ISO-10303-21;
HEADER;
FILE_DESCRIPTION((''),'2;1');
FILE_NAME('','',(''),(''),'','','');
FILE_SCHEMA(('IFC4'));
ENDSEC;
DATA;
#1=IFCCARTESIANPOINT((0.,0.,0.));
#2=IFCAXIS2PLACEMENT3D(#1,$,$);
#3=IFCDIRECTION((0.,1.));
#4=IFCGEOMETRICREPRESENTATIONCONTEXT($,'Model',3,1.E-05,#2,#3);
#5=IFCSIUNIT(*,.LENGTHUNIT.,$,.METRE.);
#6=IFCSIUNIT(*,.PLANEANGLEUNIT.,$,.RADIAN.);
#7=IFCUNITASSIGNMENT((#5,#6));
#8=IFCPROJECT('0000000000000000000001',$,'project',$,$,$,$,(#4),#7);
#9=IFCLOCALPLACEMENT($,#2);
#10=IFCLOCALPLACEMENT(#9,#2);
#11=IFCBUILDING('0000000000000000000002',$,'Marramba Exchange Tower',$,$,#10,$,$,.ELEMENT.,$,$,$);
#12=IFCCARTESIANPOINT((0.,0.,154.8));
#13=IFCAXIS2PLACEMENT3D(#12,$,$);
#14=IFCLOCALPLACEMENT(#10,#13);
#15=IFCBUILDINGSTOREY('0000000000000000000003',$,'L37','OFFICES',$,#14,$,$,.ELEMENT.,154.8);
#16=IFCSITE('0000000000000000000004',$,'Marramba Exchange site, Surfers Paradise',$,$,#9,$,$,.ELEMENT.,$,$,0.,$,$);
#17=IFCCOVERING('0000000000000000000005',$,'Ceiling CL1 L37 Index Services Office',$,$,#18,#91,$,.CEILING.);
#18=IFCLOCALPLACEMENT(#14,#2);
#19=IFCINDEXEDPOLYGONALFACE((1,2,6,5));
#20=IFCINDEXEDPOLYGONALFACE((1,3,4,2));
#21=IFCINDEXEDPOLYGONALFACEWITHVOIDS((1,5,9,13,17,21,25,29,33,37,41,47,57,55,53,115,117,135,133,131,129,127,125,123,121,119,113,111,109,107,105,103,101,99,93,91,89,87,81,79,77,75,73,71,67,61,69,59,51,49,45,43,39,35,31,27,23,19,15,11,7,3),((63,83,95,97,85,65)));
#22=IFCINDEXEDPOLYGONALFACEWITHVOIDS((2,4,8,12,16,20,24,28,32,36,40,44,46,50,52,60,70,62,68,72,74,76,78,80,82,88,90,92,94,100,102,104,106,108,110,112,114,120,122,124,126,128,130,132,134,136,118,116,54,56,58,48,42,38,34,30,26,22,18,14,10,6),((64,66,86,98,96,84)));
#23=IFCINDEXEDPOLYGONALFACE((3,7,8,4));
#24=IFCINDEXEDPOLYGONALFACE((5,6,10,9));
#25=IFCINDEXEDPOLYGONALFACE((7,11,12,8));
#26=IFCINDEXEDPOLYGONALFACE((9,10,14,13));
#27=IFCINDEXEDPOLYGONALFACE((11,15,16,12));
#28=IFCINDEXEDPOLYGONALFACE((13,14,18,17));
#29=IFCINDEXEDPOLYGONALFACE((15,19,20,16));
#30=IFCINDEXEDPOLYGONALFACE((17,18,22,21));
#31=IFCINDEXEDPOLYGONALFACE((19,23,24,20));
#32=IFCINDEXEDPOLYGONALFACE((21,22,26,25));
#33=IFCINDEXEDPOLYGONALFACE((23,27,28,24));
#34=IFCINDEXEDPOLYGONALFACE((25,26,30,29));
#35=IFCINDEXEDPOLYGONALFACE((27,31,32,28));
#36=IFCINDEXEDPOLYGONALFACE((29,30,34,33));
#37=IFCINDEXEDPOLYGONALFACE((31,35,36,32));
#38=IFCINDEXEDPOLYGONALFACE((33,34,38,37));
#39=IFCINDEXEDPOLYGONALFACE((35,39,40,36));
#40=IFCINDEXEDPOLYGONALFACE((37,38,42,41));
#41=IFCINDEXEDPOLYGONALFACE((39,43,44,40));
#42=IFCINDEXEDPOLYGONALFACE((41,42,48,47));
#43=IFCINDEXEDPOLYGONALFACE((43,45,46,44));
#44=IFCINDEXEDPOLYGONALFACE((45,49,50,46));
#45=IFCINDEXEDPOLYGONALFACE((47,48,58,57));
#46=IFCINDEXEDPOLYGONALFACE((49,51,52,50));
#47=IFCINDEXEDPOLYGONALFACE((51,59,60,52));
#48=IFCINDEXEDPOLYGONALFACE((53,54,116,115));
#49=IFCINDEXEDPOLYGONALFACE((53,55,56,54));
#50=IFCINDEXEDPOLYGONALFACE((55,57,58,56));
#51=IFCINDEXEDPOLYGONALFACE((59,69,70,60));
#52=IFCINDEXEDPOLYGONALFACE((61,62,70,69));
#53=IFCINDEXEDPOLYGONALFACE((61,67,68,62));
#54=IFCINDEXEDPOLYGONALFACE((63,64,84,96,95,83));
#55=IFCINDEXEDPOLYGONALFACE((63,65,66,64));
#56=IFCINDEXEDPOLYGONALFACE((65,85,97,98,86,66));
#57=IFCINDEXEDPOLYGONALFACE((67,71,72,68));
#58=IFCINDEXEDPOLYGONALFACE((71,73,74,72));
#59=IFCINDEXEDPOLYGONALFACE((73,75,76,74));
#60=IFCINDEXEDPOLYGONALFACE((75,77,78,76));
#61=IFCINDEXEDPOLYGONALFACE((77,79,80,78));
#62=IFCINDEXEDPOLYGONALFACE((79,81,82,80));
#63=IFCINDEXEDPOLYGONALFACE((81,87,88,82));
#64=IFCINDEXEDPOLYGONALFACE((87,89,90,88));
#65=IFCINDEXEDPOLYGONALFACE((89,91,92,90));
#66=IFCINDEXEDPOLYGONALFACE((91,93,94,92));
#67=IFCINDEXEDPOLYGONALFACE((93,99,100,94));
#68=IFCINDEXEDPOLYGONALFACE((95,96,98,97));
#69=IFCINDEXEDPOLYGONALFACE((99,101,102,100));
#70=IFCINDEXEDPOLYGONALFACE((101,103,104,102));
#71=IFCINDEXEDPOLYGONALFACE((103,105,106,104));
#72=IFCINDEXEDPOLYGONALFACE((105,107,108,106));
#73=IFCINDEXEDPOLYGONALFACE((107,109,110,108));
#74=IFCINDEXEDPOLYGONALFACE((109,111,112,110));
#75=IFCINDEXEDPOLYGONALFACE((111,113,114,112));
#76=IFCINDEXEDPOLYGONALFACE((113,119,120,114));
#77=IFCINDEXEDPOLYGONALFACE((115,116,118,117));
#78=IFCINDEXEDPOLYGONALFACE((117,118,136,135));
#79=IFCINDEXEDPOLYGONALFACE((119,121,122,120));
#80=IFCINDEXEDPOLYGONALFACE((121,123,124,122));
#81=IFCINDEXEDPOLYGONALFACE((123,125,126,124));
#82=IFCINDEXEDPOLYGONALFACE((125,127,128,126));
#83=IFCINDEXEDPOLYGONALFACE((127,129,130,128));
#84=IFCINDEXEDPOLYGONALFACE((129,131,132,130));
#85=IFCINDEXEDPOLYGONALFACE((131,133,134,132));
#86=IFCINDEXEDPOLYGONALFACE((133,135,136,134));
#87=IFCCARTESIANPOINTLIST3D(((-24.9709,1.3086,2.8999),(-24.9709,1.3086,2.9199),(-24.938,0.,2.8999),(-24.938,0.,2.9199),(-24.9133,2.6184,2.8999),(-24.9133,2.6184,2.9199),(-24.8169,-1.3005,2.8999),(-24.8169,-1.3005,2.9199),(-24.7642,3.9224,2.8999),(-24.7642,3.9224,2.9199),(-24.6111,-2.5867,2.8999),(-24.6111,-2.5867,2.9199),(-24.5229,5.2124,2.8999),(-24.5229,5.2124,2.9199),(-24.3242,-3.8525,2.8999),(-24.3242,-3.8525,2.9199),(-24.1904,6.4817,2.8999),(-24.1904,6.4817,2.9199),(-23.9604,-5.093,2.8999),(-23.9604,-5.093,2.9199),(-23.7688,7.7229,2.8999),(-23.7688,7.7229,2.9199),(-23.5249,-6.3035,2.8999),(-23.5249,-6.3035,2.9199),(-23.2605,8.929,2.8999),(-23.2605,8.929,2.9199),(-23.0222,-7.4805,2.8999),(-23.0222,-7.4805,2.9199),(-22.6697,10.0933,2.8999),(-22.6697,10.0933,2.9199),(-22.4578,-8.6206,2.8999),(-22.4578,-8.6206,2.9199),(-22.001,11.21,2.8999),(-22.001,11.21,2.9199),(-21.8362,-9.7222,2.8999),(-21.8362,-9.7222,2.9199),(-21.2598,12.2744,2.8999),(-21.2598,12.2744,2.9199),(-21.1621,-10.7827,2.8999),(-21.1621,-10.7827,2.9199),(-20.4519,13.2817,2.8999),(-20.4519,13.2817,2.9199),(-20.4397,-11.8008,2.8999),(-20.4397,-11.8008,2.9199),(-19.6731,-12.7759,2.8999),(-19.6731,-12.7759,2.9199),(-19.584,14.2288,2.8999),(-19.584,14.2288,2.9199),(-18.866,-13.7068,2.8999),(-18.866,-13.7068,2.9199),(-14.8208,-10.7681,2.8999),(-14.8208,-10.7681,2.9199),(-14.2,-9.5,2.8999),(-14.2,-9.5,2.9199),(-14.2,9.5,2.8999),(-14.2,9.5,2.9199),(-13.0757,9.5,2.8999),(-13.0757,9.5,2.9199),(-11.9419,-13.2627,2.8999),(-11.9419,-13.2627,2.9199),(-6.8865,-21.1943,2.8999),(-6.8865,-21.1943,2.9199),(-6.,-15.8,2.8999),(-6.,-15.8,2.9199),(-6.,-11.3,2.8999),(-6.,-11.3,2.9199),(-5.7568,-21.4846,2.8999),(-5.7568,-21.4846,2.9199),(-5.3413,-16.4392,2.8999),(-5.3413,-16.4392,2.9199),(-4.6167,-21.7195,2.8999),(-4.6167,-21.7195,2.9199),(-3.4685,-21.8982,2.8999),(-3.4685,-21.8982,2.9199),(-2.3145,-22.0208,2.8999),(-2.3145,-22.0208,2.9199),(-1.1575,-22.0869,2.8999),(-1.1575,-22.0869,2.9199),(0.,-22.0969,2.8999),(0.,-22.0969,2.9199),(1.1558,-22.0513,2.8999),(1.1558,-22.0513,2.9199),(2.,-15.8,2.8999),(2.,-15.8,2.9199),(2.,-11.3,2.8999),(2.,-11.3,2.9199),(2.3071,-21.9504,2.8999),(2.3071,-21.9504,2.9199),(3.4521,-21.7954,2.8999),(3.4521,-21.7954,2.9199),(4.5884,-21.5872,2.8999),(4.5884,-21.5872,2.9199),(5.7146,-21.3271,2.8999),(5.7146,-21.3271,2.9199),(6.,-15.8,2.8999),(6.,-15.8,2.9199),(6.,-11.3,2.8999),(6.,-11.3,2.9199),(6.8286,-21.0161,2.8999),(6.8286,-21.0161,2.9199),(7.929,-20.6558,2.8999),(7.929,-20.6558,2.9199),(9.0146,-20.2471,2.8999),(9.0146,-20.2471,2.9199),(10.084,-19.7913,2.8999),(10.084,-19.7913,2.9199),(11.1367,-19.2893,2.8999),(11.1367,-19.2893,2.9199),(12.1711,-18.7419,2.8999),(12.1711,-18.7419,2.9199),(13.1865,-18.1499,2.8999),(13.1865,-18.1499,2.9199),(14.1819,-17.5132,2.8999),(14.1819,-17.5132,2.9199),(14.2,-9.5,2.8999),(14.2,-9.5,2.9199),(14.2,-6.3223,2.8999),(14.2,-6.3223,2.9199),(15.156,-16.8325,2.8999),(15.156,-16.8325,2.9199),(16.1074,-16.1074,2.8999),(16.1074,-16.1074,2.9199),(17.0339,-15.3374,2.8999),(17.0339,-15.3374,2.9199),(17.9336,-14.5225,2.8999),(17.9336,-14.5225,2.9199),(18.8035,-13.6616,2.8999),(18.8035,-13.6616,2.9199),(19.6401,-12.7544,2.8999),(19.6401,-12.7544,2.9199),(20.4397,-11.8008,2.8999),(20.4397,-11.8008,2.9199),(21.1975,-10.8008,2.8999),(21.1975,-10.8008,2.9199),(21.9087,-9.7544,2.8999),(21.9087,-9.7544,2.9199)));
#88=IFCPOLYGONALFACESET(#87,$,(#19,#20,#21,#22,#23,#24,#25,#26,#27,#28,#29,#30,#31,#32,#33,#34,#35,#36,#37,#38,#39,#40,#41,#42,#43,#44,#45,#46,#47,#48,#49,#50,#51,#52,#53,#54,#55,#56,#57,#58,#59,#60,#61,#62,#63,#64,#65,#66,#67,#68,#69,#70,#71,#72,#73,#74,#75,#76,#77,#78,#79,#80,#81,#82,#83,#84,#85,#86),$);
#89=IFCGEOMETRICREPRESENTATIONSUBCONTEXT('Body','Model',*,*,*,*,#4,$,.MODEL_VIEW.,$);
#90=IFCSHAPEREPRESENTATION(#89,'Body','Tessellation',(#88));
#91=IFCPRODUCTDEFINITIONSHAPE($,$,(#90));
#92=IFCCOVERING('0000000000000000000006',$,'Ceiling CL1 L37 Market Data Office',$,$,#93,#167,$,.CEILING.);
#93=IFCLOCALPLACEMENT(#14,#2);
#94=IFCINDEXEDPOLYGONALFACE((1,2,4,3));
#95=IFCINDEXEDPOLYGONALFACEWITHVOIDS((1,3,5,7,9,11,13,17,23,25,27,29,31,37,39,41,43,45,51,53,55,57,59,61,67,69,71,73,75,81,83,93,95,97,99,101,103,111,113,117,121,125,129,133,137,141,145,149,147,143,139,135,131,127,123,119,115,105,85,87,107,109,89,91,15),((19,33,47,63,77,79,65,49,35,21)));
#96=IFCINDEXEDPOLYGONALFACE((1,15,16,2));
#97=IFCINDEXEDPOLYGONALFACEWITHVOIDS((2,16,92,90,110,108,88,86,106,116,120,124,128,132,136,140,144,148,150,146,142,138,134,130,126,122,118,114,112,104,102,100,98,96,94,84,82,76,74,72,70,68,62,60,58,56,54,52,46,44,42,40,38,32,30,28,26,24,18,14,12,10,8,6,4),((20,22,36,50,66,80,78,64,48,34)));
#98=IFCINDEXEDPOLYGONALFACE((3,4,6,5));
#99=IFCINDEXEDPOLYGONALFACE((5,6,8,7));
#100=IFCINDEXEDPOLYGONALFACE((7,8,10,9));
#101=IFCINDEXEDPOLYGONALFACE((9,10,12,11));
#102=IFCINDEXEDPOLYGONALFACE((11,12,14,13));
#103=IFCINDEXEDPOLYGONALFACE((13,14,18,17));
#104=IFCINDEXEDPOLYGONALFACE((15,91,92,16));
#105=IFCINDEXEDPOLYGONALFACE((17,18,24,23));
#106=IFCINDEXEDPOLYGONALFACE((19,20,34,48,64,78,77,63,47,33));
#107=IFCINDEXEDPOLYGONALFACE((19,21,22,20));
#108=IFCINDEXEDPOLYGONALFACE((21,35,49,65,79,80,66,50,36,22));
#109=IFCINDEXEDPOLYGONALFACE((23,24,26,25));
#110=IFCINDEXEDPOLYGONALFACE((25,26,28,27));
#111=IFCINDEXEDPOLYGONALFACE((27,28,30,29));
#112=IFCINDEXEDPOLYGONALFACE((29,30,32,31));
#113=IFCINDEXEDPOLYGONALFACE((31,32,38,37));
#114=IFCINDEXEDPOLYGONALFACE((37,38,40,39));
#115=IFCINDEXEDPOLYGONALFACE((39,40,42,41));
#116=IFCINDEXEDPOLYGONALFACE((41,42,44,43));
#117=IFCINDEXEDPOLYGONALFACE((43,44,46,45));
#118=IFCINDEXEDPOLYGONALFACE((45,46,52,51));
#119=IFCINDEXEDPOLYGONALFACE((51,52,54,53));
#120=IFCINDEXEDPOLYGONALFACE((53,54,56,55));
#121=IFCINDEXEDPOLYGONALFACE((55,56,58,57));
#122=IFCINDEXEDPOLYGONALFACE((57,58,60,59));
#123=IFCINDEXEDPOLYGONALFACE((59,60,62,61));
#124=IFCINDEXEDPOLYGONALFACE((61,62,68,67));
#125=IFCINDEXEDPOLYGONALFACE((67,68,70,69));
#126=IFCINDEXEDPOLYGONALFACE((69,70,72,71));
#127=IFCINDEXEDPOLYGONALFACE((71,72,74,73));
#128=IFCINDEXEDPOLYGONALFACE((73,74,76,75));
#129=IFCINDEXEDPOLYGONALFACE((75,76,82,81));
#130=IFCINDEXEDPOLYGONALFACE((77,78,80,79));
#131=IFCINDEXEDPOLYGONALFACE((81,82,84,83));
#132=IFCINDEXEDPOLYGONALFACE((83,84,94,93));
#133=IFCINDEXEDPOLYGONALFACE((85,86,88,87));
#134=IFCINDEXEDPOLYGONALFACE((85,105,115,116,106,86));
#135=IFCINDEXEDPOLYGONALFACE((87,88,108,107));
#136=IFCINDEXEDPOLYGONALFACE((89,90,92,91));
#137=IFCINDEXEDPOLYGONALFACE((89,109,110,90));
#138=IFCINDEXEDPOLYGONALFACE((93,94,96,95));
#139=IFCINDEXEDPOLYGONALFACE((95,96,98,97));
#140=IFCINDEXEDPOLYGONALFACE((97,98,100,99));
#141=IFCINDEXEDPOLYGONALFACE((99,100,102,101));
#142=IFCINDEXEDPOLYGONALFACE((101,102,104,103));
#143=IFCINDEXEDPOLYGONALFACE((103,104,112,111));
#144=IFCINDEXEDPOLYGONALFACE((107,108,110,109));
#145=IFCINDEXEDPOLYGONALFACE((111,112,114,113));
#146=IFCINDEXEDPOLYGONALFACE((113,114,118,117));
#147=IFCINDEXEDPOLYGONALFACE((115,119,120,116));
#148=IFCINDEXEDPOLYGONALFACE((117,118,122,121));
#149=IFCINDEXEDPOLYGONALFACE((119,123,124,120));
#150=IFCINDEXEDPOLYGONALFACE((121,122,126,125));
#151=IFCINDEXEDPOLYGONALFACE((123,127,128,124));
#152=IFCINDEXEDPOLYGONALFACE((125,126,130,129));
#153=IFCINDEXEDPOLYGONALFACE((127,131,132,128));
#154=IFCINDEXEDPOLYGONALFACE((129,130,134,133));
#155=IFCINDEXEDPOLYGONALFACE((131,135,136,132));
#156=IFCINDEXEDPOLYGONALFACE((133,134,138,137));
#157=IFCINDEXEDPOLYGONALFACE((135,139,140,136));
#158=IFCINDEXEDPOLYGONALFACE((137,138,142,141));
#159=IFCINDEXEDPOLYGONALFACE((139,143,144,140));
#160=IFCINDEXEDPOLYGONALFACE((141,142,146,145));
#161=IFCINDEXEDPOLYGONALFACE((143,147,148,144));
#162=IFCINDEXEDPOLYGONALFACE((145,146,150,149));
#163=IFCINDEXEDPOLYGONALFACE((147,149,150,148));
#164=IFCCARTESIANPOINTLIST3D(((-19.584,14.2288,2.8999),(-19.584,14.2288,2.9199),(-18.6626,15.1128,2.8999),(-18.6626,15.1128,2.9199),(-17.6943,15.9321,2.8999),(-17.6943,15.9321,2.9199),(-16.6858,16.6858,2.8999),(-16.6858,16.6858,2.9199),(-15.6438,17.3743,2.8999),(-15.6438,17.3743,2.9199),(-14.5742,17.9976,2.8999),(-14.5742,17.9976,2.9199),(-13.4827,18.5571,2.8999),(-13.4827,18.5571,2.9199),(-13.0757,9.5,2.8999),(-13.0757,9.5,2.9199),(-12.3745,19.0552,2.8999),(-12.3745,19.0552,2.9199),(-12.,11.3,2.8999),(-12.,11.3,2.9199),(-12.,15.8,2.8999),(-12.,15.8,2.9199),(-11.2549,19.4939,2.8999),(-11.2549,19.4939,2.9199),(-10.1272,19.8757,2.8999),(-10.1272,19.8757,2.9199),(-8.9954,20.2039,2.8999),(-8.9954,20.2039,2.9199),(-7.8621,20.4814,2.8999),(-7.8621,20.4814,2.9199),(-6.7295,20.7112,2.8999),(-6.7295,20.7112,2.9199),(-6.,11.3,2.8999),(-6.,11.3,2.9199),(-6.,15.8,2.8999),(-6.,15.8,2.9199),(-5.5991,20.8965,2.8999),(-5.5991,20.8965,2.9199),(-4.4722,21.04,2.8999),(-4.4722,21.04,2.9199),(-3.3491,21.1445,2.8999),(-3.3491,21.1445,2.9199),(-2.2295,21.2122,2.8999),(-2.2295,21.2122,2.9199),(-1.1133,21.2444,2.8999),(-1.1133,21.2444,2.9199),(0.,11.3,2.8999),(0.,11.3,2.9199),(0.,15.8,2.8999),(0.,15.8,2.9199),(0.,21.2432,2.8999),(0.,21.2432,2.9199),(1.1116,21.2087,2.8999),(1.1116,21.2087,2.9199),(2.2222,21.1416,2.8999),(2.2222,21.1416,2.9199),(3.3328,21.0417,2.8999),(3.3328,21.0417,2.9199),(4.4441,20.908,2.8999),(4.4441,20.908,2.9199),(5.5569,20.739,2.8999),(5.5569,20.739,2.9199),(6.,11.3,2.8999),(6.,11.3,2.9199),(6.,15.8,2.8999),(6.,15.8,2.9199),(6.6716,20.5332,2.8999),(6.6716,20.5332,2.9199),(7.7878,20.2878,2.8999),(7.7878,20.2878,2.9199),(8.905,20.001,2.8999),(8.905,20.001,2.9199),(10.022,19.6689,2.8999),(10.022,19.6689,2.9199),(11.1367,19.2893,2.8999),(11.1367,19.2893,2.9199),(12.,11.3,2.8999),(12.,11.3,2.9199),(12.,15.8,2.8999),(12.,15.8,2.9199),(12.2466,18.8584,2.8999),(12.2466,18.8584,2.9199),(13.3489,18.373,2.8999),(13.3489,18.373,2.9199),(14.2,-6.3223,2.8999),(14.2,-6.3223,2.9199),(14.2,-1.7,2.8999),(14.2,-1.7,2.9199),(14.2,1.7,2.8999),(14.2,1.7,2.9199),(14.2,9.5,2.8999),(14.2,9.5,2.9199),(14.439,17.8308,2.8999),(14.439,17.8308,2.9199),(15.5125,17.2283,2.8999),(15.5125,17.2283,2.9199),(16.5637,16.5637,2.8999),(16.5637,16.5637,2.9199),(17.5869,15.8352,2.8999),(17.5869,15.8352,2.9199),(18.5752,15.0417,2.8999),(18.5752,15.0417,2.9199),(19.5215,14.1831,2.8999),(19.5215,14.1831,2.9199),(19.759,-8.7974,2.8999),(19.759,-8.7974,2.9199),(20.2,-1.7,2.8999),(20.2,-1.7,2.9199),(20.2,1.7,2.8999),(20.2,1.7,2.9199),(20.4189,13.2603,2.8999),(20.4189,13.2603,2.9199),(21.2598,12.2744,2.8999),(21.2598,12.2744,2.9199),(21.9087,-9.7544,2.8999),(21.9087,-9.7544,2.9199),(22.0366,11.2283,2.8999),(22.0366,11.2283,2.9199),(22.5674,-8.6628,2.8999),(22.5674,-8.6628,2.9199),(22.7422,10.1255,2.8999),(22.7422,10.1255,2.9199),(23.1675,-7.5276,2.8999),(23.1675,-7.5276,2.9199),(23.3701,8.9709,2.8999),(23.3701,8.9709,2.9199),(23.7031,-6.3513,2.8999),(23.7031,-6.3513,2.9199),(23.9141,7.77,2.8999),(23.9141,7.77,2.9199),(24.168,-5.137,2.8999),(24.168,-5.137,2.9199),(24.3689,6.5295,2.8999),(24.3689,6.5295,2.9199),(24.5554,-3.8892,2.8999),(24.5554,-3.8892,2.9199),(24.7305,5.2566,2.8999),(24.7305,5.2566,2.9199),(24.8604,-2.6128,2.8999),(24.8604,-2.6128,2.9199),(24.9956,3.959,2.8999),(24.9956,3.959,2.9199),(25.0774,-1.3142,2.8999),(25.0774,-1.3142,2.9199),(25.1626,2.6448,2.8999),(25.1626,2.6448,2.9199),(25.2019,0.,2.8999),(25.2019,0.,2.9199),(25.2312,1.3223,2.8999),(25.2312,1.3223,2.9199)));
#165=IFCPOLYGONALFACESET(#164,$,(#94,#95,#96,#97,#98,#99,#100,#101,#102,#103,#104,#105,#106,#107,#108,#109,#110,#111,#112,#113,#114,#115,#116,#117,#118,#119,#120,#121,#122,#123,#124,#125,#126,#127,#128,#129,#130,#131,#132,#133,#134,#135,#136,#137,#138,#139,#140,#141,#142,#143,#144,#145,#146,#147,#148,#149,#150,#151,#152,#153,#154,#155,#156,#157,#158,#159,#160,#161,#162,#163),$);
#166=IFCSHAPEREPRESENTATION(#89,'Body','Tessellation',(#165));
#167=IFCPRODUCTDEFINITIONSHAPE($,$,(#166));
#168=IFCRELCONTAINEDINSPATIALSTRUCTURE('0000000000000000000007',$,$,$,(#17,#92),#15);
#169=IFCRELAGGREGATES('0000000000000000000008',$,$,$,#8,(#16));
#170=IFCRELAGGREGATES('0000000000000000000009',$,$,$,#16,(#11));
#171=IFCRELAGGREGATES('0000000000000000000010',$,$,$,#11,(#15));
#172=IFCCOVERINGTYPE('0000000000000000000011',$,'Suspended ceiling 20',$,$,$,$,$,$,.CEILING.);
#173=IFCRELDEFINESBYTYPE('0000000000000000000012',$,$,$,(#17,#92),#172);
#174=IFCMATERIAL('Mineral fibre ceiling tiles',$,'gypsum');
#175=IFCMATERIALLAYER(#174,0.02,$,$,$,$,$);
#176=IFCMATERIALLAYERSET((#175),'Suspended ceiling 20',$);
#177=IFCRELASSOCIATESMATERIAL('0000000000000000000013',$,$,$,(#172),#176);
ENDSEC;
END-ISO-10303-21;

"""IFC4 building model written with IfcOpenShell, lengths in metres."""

from ifc_helpers import new_model, si_unit, direction, frame, origin, place, context, subcontext, project, spatial, polyline, outline, extrude, material, layer, layer_set, type_object, element, save


model = new_model("IFC4")

# Units and contexts
model_context = context("Model", 3, precision=1e-05, world=origin(), true_north=direction((0.0, 1.0)))
body_context = subcontext(model_context, "Body", "Model", "MODEL_VIEW")
ifc_project = project(units=[si_unit("LENGTHUNIT", "METRE"), si_unit("PLANEANGLEUNIT", "RADIAN")], contexts=[model_context])

# Site, building, storey
site_placement = place(None, origin())
site = spatial("IfcSite", under=ifc_project, at=site_placement, Name="Marramba Exchange site, Surfers Paradise", CompositionType="ELEMENT", RefElevation=0.0)
building_placement = place(site_placement, origin())
building = spatial("IfcBuilding", under=site, at=building_placement, Name="Marramba Exchange Tower", CompositionType="ELEMENT")
storey_placement = place(building_placement, frame((0.0, 0.0, 154.8)))
storey = spatial("IfcBuildingStorey", under=building, at=storey_placement, Name="L37", Description="OFFICES", CompositionType="ELEMENT", Elevation=154.8)

# Coverings
ifc_material_1 = material(Name="Mineral fibre ceiling tiles", Category="gypsum")
ifc_layer_1 = layer(ifc_material_1, 0.02)
ifc_layer_set_1 = layer_set([ifc_layer_1], Name="Suspended ceiling 20")
covering_type = type_object("IfcCoveringType", Name="Suspended ceiling 20", PredefinedType="CEILING", material=ifc_layer_set_1)
covering_1_placement = place(storey_placement, frame((0.0, 0.0, 2.8999)))
element("IfcCovering", 1, at=covering_1_placement, inside=storey, type_object=covering_type, Name="Ceiling CL1 L37 Index Services Office", PredefinedType="CEILING", context=body_context, shape_type="SweptSolid", body=[
    extrude(outline(polyline([(-14.2, -9.5), (14.2, -9.5), (14.2, -6.3223), (21.9087, -9.7544), (21.1975, -10.8008), (20.4397, -11.8008), (19.6401, -12.7544), (18.8035, -13.6616), (17.9336, -14.5225), (17.0339, -15.3374), (16.1074, -16.1074), (15.156, -16.8325), (14.1819, -17.5132), (13.1865, -18.1499), (12.1711, -18.7419), (11.1367, -19.2893), (10.084, -19.7913), (9.0146, -20.2471), (7.929, -20.6558), (6.8286, -21.0161), (5.7146, -21.3271), (4.5884, -21.5872), (3.4521, -21.7954), (2.3071, -21.9504), (1.1558, -22.0513), (0.0, -22.0969), (-1.1575, -22.0869), (-2.3145, -22.0208), (-3.4685, -21.8982), (-4.6167, -21.7195), (-5.7568, -21.4846), (-6.8865, -21.1943), (-5.3413, -16.4392), (-11.9419, -13.2627), (-14.8208, -10.7681), (-18.866, -13.7068), (-19.6731, -12.7759), (-20.4397, -11.8008), (-21.1621, -10.7827), (-21.8362, -9.7222), (-22.4578, -8.6206), (-23.0222, -7.4805), (-23.5249, -6.3035), (-23.9604, -5.093), (-24.3242, -3.8525), (-24.6111, -2.5867), (-24.8169, -1.3005), (-24.938, 0.0), (-24.9709, 1.3086), (-24.9133, 2.6184), (-24.7642, 3.9224), (-24.5229, 5.2124), (-24.1904, 6.4817), (-23.7688, 7.7229), (-23.2605, 8.929), (-22.6697, 10.0933), (-22.001, 11.21), (-21.2598, 12.2744), (-20.4519, 13.2817), (-19.584, 14.2288), (-13.0757, 9.5), (-14.2, 9.5), (-14.2, -9.5)]), holes=[polyline([(-6.0, -15.8), (2.0, -15.8), (6.0, -15.8), (6.0, -11.3), (2.0, -11.3), (-6.0, -11.3), (-6.0, -15.8)])]), origin(), (0.0, 0.0, 1.0), 0.02),
])
covering_2_placement = place(storey_placement, frame((0.0, 0.0, 2.8999)))
element("IfcCovering", 2, at=covering_2_placement, inside=storey, type_object=covering_type, Name="Ceiling CL1 L37 Market Data Office", PredefinedType="CEILING", context=body_context, shape_type="SweptSolid", body=[
    extrude(outline(polyline([(14.2, -1.7), (20.2, -1.7), (20.2, 1.7), (14.2, 1.7), (14.2, 9.5), (-13.0757, 9.5), (-19.584, 14.2288), (-18.6626, 15.1128), (-17.6943, 15.9321), (-16.6858, 16.6858), (-15.6438, 17.3743), (-14.5742, 17.9976), (-13.4827, 18.5571), (-12.3745, 19.0552), (-11.2549, 19.4939), (-10.1272, 19.8757), (-8.9954, 20.2039), (-7.8621, 20.4814), (-6.7295, 20.7112), (-5.5991, 20.8965), (-4.4722, 21.04), (-3.3491, 21.1445), (-2.2295, 21.2122), (-1.1133, 21.2444), (0.0, 21.2432), (1.1116, 21.2087), (2.2222, 21.1416), (3.3328, 21.0417), (4.4441, 20.908), (5.5569, 20.739), (6.6716, 20.5332), (7.7878, 20.2878), (8.905, 20.001), (10.022, 19.6689), (11.1367, 19.2893), (12.2466, 18.8584), (13.3489, 18.373), (14.439, 17.8308), (15.5125, 17.2283), (16.5637, 16.5637), (17.5869, 15.8352), (18.5752, 15.0417), (19.5215, 14.1831), (20.4189, 13.2603), (21.2598, 12.2744), (22.0366, 11.2283), (22.7422, 10.1255), (23.3701, 8.9709), (23.9141, 7.77), (24.3689, 6.5295), (24.7305, 5.2566), (24.9956, 3.959), (25.1626, 2.6448), (25.2312, 1.3223), (25.2019, 0.0), (25.0774, -1.3142), (24.8604, -2.6128), (24.5554, -3.8892), (24.168, -5.137), (23.7031, -6.3513), (23.1675, -7.5276), (22.5674, -8.6628), (21.9087, -9.7544), (19.759, -8.7974), (14.2, -6.3223), (14.2, -1.7)]), holes=[polyline([(-12.0, 11.3), (-6.0, 11.3), (0.0, 11.3), (6.0, 11.3), (12.0, 11.3), (12.0, 15.8), (6.0, 15.8), (0.0, 15.8), (-6.0, 15.8), (-12.0, 15.8), (-12.0, 11.3)])]), origin(), (0.0, 0.0, 1.0), 0.02),
])

save(model, "model.ifc")
